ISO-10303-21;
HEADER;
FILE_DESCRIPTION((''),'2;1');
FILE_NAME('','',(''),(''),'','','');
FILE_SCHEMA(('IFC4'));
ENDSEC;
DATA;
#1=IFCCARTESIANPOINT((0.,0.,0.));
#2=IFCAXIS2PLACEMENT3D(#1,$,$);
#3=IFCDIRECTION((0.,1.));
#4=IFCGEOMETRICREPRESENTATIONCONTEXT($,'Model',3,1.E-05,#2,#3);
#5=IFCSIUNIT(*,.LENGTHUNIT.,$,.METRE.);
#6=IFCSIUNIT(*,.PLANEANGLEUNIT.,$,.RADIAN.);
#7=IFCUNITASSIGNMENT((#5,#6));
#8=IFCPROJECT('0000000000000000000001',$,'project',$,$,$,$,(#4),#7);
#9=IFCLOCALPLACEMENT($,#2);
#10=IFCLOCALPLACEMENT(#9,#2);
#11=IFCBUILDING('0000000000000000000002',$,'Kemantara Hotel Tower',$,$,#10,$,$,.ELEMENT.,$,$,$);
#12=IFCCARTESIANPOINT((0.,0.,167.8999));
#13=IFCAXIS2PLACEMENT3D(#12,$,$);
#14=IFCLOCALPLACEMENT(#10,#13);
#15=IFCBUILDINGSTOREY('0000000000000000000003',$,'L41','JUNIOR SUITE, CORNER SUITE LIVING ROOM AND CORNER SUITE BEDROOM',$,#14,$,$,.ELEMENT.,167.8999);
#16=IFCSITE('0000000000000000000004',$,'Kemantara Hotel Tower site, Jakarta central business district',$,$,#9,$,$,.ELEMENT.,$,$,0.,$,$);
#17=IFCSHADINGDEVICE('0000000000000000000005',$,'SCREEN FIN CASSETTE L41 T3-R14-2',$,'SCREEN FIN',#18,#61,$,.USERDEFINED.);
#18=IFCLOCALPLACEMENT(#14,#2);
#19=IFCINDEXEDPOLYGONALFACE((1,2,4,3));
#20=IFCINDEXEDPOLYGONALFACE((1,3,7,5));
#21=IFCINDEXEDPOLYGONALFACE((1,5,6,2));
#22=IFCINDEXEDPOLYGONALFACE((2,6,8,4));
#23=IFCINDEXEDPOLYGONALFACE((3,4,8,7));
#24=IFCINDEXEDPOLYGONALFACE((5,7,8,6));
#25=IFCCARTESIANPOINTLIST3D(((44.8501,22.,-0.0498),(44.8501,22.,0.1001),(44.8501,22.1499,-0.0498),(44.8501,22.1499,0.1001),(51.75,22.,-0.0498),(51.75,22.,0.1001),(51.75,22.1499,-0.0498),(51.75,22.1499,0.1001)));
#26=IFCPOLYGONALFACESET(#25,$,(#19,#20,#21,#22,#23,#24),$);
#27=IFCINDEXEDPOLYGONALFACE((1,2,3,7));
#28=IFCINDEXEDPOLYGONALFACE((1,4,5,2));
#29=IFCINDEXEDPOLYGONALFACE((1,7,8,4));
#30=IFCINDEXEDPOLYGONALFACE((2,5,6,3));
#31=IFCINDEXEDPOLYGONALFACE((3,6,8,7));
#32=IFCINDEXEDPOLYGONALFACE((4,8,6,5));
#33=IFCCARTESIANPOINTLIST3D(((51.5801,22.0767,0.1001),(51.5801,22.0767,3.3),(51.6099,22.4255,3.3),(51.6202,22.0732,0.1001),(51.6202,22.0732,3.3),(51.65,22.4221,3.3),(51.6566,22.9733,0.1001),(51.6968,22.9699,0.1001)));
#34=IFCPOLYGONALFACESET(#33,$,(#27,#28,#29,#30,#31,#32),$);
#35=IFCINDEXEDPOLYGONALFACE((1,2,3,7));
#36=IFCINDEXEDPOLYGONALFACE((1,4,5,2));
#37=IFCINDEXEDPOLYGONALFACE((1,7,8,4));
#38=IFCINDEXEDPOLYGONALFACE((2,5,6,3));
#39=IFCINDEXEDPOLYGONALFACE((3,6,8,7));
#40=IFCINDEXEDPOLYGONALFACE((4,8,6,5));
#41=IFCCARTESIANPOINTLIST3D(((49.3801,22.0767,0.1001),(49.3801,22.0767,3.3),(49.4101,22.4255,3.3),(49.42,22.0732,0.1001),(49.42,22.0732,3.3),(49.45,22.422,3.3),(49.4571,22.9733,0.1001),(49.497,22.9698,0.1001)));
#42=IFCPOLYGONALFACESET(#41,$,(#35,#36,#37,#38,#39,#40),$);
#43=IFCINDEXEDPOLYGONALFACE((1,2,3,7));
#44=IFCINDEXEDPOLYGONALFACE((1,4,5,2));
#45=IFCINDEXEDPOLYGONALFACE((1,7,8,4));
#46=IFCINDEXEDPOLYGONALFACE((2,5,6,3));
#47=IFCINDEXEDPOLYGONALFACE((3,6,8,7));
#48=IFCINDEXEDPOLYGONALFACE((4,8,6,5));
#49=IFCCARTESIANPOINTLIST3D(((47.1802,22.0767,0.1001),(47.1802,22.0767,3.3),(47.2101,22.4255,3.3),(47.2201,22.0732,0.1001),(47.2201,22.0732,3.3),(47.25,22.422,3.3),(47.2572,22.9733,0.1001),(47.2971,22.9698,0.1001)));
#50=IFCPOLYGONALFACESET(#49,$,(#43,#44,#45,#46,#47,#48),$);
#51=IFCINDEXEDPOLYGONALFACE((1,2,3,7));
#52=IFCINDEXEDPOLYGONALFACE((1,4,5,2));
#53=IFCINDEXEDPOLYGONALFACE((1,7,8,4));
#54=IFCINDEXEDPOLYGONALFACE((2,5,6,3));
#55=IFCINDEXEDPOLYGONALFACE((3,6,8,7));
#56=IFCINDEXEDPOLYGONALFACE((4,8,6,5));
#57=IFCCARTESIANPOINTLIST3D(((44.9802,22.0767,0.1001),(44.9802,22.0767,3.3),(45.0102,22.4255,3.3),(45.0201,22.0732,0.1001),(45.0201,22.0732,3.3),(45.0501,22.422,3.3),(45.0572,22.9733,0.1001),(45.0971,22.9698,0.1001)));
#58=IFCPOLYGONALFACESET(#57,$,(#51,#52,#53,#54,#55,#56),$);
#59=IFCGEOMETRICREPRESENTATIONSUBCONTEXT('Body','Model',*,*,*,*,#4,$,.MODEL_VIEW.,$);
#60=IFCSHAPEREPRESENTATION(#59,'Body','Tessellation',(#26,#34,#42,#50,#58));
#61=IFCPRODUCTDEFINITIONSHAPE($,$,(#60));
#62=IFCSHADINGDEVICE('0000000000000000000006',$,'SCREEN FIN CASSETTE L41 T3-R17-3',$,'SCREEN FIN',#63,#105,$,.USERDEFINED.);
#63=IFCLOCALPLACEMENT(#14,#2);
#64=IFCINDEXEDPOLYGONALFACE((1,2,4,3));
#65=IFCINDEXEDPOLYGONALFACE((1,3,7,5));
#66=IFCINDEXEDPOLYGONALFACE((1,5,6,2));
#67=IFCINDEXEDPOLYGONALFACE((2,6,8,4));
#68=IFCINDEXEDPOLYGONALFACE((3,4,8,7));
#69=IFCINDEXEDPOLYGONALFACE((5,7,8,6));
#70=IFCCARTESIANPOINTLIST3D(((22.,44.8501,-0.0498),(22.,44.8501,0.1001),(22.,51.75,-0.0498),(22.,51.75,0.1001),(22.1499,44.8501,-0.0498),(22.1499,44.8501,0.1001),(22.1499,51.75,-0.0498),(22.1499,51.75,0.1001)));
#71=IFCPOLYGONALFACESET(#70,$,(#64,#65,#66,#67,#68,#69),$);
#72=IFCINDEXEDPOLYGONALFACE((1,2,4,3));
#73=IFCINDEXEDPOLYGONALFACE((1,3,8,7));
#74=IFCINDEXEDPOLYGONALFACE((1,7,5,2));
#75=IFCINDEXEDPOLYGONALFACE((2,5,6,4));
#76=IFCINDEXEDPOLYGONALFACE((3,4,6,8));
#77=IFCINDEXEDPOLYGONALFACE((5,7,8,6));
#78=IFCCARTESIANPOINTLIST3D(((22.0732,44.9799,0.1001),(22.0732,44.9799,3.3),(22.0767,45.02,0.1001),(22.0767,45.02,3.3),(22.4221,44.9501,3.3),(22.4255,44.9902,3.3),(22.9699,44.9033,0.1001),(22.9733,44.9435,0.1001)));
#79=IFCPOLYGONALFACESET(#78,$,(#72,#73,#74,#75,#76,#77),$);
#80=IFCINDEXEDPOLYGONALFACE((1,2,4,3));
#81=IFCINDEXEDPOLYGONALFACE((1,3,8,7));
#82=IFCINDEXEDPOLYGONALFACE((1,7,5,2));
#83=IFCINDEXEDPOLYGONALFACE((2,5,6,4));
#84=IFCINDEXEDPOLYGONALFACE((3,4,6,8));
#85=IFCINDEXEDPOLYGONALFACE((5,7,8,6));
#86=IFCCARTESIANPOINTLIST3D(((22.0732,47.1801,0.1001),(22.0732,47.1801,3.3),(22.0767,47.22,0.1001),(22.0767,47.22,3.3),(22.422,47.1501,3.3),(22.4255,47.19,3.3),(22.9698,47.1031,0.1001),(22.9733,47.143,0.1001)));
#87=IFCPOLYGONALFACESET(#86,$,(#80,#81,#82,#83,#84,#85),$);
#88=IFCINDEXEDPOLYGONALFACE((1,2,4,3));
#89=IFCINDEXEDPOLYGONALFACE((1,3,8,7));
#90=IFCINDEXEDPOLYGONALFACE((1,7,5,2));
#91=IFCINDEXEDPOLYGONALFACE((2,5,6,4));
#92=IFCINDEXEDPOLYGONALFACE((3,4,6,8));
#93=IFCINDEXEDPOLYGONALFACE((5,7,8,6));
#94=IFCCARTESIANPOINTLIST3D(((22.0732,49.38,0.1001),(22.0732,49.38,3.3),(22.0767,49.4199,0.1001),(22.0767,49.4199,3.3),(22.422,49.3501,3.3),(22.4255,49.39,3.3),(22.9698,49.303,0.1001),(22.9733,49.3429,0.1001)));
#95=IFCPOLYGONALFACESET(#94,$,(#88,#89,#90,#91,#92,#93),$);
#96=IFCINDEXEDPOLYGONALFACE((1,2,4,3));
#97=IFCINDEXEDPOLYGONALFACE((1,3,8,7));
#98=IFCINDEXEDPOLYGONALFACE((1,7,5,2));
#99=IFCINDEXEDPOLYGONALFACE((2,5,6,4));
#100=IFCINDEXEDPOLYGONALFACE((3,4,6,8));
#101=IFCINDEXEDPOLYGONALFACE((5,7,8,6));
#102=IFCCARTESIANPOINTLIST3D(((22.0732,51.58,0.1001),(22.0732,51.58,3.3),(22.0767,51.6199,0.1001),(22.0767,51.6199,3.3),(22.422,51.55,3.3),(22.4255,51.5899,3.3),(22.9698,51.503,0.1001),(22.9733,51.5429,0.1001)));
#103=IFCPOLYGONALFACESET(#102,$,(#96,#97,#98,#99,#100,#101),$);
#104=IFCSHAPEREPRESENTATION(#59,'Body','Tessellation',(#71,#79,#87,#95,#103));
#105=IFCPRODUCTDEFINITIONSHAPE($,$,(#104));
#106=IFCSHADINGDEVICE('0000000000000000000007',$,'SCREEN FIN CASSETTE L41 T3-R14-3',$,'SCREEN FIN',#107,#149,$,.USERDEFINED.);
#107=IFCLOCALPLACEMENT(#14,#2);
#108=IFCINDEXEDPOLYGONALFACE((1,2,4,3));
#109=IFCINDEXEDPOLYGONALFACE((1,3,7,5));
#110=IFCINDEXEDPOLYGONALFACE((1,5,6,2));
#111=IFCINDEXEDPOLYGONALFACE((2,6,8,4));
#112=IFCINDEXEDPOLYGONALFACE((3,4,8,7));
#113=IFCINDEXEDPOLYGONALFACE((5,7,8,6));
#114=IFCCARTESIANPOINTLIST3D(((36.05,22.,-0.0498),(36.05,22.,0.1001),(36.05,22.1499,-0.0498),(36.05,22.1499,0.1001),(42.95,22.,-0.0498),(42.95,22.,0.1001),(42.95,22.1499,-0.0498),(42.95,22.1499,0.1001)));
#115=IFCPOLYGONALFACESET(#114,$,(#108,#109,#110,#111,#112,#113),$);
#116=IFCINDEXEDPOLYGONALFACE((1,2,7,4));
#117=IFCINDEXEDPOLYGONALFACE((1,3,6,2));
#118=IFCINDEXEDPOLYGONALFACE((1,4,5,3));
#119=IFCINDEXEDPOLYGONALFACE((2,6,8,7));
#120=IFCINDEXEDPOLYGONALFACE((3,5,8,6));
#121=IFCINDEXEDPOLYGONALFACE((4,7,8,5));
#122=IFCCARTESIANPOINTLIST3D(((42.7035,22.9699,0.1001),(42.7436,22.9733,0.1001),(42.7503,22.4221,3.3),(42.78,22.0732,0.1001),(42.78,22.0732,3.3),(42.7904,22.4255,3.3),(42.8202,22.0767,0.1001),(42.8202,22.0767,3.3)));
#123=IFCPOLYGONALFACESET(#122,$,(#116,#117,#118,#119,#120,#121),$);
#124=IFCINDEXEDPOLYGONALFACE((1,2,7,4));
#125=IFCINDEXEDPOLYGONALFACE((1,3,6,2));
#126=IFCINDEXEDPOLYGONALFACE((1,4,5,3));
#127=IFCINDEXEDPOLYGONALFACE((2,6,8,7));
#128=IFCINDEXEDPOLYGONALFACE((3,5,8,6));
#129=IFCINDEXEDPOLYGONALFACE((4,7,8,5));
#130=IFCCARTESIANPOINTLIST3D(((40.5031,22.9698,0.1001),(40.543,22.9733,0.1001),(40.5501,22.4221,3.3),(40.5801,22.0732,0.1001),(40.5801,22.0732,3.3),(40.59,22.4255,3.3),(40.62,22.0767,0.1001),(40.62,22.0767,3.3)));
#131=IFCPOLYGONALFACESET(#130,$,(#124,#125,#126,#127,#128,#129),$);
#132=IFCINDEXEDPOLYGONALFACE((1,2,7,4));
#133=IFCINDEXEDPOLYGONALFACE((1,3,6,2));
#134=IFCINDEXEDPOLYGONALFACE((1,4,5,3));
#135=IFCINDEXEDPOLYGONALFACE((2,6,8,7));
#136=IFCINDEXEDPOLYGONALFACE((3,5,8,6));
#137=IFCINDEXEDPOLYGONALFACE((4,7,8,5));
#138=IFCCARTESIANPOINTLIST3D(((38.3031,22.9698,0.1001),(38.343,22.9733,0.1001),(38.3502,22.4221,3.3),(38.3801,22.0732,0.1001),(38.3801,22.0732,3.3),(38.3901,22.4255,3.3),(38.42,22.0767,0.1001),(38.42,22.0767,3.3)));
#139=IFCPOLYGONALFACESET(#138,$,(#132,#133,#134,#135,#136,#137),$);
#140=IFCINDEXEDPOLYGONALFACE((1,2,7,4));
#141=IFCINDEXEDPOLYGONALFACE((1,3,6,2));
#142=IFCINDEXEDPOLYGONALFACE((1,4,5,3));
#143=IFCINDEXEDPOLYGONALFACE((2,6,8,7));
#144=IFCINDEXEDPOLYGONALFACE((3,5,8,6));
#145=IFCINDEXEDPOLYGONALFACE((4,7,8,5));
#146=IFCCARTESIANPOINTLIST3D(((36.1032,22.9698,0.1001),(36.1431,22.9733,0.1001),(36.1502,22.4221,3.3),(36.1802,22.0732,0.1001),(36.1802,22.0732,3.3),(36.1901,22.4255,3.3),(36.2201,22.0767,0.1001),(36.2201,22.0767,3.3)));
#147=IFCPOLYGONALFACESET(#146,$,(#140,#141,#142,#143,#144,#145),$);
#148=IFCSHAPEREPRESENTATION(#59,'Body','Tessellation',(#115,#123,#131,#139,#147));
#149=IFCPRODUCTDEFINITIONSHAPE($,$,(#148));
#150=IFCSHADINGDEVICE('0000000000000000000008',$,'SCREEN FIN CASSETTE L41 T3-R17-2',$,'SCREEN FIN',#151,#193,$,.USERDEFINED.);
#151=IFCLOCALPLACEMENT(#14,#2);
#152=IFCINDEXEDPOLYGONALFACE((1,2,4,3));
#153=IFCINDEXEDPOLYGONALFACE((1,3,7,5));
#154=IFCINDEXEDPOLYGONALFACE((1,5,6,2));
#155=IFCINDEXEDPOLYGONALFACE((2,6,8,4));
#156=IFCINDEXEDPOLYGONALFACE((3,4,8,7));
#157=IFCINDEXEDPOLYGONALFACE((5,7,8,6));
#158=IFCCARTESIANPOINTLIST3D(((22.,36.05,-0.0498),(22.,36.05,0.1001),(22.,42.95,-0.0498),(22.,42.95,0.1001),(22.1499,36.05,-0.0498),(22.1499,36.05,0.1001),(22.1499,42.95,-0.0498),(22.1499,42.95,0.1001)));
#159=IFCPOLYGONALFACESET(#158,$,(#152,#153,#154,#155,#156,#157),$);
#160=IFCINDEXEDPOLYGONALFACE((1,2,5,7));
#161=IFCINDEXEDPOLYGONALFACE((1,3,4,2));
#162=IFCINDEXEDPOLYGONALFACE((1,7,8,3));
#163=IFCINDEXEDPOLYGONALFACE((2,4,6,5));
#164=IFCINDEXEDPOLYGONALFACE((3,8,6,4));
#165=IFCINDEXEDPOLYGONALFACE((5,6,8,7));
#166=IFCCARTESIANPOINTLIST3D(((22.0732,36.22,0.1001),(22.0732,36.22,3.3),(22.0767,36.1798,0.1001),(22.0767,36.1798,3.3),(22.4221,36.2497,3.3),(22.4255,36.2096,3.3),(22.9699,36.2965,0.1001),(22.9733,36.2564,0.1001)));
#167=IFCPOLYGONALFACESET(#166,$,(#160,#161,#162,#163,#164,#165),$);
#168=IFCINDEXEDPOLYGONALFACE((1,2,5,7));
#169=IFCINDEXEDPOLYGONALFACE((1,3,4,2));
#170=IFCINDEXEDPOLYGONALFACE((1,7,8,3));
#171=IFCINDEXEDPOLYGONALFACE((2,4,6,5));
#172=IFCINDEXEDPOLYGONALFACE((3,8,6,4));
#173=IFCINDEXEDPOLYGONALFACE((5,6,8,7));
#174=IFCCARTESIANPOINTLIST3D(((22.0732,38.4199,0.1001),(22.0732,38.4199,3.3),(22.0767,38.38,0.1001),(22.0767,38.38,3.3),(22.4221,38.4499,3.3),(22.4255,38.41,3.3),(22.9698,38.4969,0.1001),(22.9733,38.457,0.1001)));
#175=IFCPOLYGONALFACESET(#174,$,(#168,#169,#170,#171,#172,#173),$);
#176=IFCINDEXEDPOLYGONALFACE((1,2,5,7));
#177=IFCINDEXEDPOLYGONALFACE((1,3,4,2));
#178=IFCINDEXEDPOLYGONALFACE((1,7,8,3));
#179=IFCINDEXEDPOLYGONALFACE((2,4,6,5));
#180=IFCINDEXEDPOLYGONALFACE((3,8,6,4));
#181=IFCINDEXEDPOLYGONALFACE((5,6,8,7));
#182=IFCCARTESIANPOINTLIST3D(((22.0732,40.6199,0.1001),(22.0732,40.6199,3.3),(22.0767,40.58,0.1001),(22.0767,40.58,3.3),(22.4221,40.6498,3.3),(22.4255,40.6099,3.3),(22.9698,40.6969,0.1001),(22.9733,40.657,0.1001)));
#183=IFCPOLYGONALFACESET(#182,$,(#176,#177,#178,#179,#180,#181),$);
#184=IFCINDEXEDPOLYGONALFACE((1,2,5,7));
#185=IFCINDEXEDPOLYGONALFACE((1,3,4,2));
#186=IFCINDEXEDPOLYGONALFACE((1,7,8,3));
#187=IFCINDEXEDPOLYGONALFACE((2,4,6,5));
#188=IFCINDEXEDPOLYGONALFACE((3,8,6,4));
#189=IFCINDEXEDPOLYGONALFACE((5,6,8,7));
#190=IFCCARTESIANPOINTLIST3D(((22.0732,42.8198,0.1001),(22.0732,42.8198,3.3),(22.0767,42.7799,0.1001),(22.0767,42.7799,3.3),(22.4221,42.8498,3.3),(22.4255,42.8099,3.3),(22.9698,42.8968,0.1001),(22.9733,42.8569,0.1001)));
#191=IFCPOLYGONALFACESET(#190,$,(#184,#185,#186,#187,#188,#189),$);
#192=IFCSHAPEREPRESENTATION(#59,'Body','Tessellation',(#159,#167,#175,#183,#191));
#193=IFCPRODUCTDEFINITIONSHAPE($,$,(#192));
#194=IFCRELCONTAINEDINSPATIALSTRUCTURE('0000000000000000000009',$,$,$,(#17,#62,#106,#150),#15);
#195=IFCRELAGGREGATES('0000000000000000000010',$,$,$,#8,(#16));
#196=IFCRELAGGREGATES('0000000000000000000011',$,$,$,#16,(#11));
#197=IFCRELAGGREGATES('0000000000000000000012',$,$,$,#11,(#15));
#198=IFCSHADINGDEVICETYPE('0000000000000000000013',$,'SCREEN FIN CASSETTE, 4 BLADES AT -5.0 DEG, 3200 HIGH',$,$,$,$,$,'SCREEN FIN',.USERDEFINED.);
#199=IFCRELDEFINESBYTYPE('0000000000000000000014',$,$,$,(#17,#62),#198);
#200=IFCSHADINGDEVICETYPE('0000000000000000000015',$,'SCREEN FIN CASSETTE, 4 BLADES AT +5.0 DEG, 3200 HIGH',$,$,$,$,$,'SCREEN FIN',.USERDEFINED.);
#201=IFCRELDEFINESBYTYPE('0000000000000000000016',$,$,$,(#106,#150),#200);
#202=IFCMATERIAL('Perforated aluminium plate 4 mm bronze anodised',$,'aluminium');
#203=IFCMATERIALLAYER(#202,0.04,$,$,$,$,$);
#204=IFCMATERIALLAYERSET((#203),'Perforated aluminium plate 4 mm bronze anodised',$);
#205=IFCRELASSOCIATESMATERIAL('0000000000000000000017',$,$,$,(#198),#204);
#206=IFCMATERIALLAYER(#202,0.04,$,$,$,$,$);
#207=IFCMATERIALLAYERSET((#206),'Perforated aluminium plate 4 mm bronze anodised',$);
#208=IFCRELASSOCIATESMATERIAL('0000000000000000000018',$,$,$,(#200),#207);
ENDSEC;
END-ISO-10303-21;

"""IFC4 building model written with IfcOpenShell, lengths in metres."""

from ifc_helpers import new_model, si_unit, direction, frame, origin, origin_2d, place, context, subcontext, project, spatial, polyline, rectangle, outline, extrude, source, transform, mapped, material, layer, layer_set, type_object, element, save


model = new_model("IFC4")

# Units and contexts
model_context = context("Model", 3, precision=1e-05, world=origin(), true_north=direction((0.0, 1.0)))
body_context = subcontext(model_context, "Body", "Model", "MODEL_VIEW")
ifc_project = project(units=[si_unit("LENGTHUNIT", "METRE"), si_unit("PLANEANGLEUNIT", "RADIAN")], contexts=[model_context])

# Site, building, storey
site_placement = place(None, origin())
site = spatial("IfcSite", under=ifc_project, at=site_placement, Name="Kemantara Hotel Tower site, Jakarta central business district", CompositionType="ELEMENT", RefElevation=0.0)
building_placement = place(site_placement, origin())
building = spatial("IfcBuilding", under=site, at=building_placement, Name="Kemantara Hotel Tower", CompositionType="ELEMENT")
storey_placement = place(building_placement, frame((0.0, 0.0, 167.8999)))
storey = spatial("IfcBuildingStorey", under=building, at=storey_placement, Name="L41", Description="JUNIOR SUITE, CORNER SUITE LIVING ROOM AND CORNER SUITE BEDROOM", CompositionType="ELEMENT", Elevation=167.8999)

# Shading devices
ifc_material_1 = material(Name="Perforated aluminium plate 4 mm bronze anodised", Category="aluminium")
ifc_layer_1 = layer(ifc_material_1, 0.04)
ifc_layer_set_1 = layer_set([ifc_layer_1], Name="Perforated aluminium plate 4 mm bronze anodised")
shading_device_type_1 = type_object("IfcShadingDeviceType", Name="SCREEN FIN CASSETTE, 4 BLADES AT -5.0 DEG, 3200 HIGH", ElementType="SCREEN FIN", PredefinedType="USERDEFINED", material=ifc_layer_set_1)
shared_shape_1 = source(origin(), body_context, "Body", "SweptSolid", [
    extrude(rectangle(XDim=6.8999, YDim=0.1499, at=origin_2d()), frame((3.3, -0.075, -0.1499), z_axis=(0.0, 0.0, 1.0), x_axis=(1.0, 0.0, 0.0)), (0.0, 0.0, 1.0), 0.1499),
    extrude(outline(polyline([(0.0, 0.0), (0.8999, 0.0), (0.3501, 3.2), (0.0, 3.2), (0.0, 0.0)])), frame((0.02, -0.0767, 0.0), z_axis=(-0.996376, 0.085056, 0.0), x_axis=(-0.085056, -0.996376, 0.0)), (0.0, 0.0, 1.0), 0.0403),
    extrude(outline(polyline([(0.0, 0.0), (0.8999, 0.0), (0.3501, 3.2), (0.0, 3.2), (0.0, 0.0)])), frame((2.22, -0.0767, 0.0), z_axis=(-0.996332, 0.085575, 0.0), x_axis=(-0.085575, -0.996332, 0.0)), (0.0, 0.0, 1.0), 0.04),
    extrude(outline(polyline([(0.0, 0.0), (0.8999, 0.0), (0.3501, 3.2), (0.0, 3.2), (0.0, 0.0)])), frame((4.4199, -0.0767, 0.0), z_axis=(-0.996332, 0.085575, 0.0), x_axis=(-0.085575, -0.996332, 0.0)), (0.0, 0.0, 1.0), 0.04),
    extrude(outline(polyline([(0.0, 0.0), (0.8999, 0.0), (0.3501, 3.2), (0.0, 3.2), (0.0, 0.0)])), frame((6.6199, -0.0767, 0.0), z_axis=(-0.996332, 0.085575, 0.0), x_axis=(-0.085575, -0.996332, 0.0)), (0.0, 0.0, 1.0), 0.04),
])
for number, where, z_axis, x_axis, name in (
    (1, (51.6001, 22.0, 0.1001), (0.0, 0.0, 1.0), (-1.0, 0.0, 0.0), "SCREEN FIN CASSETTE L41 T3-R14-2"),
    (2, (22.0, 45.0, 0.1001), (0.0, 0.0, 1.0), (0.0, 1.0, 0.0), "SCREEN FIN CASSETTE L41 T3-R17-3"),
):
    element("IfcShadingDevice", number, at=place(storey_placement, frame(where, z_axis=z_axis, x_axis=x_axis)), inside=storey, type_object=shading_device_type_1, Name=name, ObjectType="SCREEN FIN", PredefinedType="USERDEFINED", context=body_context, shape_type="MappedRepresentation", body=[
        mapped(shared_shape_1, transform((0.0, 0.0, 0.0))),
    ])
ifc_layer_2 = layer(ifc_material_1, 0.04)
ifc_layer_set_2 = layer_set([ifc_layer_2], Name="Perforated aluminium plate 4 mm bronze anodised")
shading_device_type_2 = type_object("IfcShadingDeviceType", Name="SCREEN FIN CASSETTE, 4 BLADES AT +5.0 DEG, 3200 HIGH", ElementType="SCREEN FIN", PredefinedType="USERDEFINED", material=ifc_layer_set_2)
shared_shape_2 = source(origin(), body_context, "Body", "SweptSolid", [
    extrude(rectangle(XDim=6.8999, YDim=0.1499, at=origin_2d()), frame((3.3, -0.075, -0.1499), z_axis=(0.0, 0.0, 1.0), x_axis=(1.0, 0.0, 0.0)), (0.0, 0.0, 1.0), 0.1499),
    extrude(outline(polyline([(0.0, 0.0), (0.8999, 0.0), (0.3501, 3.2), (0.0, 3.2), (0.0, 0.0)])), frame((0.02, -0.0732, 0.0), z_axis=(-0.996376, -0.085056, 0.0), x_axis=(0.085056, -0.996376, 0.0)), (0.0, 0.0, 1.0), 0.0403),
    extrude(outline(polyline([(0.0, 0.0), (0.8999, 0.0), (0.3501, 3.2), (0.0, 3.2), (0.0, 0.0)])), frame((2.22, -0.0732, 0.0), z_axis=(-0.996332, -0.085575, 0.0), x_axis=(0.085575, -0.996332, 0.0)), (0.0, 0.0, 1.0), 0.04),
    extrude(outline(polyline([(0.0, 0.0), (0.8999, 0.0), (0.3501, 3.2), (0.0, 3.2), (0.0, 0.0)])), frame((4.4199, -0.0732, 0.0), z_axis=(-0.996332, -0.085575, 0.0), x_axis=(0.085575, -0.996332, 0.0)), (0.0, 0.0, 1.0), 0.04),
    extrude(outline(polyline([(0.0, 0.0), (0.8999, 0.0), (0.3501, 3.2), (0.0, 3.2), (0.0, 0.0)])), frame((6.6199, -0.0732, 0.0), z_axis=(-0.996332, -0.085575, 0.0), x_axis=(0.085575, -0.996332, 0.0)), (0.0, 0.0, 1.0), 0.04),
])
for number, where, z_axis, x_axis, name in (
    (3, (42.8, 22.0, 0.1001), (0.0, 0.0, 1.0), (-1.0, 0.0, 0.0), "SCREEN FIN CASSETTE L41 T3-R14-3"),
    (4, (22.0, 36.2, 0.1001), (0.0, 0.0, 1.0), (0.0, 1.0, 0.0), "SCREEN FIN CASSETTE L41 T3-R17-2"),
):
    element("IfcShadingDevice", number, at=place(storey_placement, frame(where, z_axis=z_axis, x_axis=x_axis)), inside=storey, type_object=shading_device_type_2, Name=name, ObjectType="SCREEN FIN", PredefinedType="USERDEFINED", context=body_context, shape_type="MappedRepresentation", body=[
        mapped(shared_shape_2, transform((0.0, 0.0, 0.0))),
    ])

save(model, "model.ifc")
